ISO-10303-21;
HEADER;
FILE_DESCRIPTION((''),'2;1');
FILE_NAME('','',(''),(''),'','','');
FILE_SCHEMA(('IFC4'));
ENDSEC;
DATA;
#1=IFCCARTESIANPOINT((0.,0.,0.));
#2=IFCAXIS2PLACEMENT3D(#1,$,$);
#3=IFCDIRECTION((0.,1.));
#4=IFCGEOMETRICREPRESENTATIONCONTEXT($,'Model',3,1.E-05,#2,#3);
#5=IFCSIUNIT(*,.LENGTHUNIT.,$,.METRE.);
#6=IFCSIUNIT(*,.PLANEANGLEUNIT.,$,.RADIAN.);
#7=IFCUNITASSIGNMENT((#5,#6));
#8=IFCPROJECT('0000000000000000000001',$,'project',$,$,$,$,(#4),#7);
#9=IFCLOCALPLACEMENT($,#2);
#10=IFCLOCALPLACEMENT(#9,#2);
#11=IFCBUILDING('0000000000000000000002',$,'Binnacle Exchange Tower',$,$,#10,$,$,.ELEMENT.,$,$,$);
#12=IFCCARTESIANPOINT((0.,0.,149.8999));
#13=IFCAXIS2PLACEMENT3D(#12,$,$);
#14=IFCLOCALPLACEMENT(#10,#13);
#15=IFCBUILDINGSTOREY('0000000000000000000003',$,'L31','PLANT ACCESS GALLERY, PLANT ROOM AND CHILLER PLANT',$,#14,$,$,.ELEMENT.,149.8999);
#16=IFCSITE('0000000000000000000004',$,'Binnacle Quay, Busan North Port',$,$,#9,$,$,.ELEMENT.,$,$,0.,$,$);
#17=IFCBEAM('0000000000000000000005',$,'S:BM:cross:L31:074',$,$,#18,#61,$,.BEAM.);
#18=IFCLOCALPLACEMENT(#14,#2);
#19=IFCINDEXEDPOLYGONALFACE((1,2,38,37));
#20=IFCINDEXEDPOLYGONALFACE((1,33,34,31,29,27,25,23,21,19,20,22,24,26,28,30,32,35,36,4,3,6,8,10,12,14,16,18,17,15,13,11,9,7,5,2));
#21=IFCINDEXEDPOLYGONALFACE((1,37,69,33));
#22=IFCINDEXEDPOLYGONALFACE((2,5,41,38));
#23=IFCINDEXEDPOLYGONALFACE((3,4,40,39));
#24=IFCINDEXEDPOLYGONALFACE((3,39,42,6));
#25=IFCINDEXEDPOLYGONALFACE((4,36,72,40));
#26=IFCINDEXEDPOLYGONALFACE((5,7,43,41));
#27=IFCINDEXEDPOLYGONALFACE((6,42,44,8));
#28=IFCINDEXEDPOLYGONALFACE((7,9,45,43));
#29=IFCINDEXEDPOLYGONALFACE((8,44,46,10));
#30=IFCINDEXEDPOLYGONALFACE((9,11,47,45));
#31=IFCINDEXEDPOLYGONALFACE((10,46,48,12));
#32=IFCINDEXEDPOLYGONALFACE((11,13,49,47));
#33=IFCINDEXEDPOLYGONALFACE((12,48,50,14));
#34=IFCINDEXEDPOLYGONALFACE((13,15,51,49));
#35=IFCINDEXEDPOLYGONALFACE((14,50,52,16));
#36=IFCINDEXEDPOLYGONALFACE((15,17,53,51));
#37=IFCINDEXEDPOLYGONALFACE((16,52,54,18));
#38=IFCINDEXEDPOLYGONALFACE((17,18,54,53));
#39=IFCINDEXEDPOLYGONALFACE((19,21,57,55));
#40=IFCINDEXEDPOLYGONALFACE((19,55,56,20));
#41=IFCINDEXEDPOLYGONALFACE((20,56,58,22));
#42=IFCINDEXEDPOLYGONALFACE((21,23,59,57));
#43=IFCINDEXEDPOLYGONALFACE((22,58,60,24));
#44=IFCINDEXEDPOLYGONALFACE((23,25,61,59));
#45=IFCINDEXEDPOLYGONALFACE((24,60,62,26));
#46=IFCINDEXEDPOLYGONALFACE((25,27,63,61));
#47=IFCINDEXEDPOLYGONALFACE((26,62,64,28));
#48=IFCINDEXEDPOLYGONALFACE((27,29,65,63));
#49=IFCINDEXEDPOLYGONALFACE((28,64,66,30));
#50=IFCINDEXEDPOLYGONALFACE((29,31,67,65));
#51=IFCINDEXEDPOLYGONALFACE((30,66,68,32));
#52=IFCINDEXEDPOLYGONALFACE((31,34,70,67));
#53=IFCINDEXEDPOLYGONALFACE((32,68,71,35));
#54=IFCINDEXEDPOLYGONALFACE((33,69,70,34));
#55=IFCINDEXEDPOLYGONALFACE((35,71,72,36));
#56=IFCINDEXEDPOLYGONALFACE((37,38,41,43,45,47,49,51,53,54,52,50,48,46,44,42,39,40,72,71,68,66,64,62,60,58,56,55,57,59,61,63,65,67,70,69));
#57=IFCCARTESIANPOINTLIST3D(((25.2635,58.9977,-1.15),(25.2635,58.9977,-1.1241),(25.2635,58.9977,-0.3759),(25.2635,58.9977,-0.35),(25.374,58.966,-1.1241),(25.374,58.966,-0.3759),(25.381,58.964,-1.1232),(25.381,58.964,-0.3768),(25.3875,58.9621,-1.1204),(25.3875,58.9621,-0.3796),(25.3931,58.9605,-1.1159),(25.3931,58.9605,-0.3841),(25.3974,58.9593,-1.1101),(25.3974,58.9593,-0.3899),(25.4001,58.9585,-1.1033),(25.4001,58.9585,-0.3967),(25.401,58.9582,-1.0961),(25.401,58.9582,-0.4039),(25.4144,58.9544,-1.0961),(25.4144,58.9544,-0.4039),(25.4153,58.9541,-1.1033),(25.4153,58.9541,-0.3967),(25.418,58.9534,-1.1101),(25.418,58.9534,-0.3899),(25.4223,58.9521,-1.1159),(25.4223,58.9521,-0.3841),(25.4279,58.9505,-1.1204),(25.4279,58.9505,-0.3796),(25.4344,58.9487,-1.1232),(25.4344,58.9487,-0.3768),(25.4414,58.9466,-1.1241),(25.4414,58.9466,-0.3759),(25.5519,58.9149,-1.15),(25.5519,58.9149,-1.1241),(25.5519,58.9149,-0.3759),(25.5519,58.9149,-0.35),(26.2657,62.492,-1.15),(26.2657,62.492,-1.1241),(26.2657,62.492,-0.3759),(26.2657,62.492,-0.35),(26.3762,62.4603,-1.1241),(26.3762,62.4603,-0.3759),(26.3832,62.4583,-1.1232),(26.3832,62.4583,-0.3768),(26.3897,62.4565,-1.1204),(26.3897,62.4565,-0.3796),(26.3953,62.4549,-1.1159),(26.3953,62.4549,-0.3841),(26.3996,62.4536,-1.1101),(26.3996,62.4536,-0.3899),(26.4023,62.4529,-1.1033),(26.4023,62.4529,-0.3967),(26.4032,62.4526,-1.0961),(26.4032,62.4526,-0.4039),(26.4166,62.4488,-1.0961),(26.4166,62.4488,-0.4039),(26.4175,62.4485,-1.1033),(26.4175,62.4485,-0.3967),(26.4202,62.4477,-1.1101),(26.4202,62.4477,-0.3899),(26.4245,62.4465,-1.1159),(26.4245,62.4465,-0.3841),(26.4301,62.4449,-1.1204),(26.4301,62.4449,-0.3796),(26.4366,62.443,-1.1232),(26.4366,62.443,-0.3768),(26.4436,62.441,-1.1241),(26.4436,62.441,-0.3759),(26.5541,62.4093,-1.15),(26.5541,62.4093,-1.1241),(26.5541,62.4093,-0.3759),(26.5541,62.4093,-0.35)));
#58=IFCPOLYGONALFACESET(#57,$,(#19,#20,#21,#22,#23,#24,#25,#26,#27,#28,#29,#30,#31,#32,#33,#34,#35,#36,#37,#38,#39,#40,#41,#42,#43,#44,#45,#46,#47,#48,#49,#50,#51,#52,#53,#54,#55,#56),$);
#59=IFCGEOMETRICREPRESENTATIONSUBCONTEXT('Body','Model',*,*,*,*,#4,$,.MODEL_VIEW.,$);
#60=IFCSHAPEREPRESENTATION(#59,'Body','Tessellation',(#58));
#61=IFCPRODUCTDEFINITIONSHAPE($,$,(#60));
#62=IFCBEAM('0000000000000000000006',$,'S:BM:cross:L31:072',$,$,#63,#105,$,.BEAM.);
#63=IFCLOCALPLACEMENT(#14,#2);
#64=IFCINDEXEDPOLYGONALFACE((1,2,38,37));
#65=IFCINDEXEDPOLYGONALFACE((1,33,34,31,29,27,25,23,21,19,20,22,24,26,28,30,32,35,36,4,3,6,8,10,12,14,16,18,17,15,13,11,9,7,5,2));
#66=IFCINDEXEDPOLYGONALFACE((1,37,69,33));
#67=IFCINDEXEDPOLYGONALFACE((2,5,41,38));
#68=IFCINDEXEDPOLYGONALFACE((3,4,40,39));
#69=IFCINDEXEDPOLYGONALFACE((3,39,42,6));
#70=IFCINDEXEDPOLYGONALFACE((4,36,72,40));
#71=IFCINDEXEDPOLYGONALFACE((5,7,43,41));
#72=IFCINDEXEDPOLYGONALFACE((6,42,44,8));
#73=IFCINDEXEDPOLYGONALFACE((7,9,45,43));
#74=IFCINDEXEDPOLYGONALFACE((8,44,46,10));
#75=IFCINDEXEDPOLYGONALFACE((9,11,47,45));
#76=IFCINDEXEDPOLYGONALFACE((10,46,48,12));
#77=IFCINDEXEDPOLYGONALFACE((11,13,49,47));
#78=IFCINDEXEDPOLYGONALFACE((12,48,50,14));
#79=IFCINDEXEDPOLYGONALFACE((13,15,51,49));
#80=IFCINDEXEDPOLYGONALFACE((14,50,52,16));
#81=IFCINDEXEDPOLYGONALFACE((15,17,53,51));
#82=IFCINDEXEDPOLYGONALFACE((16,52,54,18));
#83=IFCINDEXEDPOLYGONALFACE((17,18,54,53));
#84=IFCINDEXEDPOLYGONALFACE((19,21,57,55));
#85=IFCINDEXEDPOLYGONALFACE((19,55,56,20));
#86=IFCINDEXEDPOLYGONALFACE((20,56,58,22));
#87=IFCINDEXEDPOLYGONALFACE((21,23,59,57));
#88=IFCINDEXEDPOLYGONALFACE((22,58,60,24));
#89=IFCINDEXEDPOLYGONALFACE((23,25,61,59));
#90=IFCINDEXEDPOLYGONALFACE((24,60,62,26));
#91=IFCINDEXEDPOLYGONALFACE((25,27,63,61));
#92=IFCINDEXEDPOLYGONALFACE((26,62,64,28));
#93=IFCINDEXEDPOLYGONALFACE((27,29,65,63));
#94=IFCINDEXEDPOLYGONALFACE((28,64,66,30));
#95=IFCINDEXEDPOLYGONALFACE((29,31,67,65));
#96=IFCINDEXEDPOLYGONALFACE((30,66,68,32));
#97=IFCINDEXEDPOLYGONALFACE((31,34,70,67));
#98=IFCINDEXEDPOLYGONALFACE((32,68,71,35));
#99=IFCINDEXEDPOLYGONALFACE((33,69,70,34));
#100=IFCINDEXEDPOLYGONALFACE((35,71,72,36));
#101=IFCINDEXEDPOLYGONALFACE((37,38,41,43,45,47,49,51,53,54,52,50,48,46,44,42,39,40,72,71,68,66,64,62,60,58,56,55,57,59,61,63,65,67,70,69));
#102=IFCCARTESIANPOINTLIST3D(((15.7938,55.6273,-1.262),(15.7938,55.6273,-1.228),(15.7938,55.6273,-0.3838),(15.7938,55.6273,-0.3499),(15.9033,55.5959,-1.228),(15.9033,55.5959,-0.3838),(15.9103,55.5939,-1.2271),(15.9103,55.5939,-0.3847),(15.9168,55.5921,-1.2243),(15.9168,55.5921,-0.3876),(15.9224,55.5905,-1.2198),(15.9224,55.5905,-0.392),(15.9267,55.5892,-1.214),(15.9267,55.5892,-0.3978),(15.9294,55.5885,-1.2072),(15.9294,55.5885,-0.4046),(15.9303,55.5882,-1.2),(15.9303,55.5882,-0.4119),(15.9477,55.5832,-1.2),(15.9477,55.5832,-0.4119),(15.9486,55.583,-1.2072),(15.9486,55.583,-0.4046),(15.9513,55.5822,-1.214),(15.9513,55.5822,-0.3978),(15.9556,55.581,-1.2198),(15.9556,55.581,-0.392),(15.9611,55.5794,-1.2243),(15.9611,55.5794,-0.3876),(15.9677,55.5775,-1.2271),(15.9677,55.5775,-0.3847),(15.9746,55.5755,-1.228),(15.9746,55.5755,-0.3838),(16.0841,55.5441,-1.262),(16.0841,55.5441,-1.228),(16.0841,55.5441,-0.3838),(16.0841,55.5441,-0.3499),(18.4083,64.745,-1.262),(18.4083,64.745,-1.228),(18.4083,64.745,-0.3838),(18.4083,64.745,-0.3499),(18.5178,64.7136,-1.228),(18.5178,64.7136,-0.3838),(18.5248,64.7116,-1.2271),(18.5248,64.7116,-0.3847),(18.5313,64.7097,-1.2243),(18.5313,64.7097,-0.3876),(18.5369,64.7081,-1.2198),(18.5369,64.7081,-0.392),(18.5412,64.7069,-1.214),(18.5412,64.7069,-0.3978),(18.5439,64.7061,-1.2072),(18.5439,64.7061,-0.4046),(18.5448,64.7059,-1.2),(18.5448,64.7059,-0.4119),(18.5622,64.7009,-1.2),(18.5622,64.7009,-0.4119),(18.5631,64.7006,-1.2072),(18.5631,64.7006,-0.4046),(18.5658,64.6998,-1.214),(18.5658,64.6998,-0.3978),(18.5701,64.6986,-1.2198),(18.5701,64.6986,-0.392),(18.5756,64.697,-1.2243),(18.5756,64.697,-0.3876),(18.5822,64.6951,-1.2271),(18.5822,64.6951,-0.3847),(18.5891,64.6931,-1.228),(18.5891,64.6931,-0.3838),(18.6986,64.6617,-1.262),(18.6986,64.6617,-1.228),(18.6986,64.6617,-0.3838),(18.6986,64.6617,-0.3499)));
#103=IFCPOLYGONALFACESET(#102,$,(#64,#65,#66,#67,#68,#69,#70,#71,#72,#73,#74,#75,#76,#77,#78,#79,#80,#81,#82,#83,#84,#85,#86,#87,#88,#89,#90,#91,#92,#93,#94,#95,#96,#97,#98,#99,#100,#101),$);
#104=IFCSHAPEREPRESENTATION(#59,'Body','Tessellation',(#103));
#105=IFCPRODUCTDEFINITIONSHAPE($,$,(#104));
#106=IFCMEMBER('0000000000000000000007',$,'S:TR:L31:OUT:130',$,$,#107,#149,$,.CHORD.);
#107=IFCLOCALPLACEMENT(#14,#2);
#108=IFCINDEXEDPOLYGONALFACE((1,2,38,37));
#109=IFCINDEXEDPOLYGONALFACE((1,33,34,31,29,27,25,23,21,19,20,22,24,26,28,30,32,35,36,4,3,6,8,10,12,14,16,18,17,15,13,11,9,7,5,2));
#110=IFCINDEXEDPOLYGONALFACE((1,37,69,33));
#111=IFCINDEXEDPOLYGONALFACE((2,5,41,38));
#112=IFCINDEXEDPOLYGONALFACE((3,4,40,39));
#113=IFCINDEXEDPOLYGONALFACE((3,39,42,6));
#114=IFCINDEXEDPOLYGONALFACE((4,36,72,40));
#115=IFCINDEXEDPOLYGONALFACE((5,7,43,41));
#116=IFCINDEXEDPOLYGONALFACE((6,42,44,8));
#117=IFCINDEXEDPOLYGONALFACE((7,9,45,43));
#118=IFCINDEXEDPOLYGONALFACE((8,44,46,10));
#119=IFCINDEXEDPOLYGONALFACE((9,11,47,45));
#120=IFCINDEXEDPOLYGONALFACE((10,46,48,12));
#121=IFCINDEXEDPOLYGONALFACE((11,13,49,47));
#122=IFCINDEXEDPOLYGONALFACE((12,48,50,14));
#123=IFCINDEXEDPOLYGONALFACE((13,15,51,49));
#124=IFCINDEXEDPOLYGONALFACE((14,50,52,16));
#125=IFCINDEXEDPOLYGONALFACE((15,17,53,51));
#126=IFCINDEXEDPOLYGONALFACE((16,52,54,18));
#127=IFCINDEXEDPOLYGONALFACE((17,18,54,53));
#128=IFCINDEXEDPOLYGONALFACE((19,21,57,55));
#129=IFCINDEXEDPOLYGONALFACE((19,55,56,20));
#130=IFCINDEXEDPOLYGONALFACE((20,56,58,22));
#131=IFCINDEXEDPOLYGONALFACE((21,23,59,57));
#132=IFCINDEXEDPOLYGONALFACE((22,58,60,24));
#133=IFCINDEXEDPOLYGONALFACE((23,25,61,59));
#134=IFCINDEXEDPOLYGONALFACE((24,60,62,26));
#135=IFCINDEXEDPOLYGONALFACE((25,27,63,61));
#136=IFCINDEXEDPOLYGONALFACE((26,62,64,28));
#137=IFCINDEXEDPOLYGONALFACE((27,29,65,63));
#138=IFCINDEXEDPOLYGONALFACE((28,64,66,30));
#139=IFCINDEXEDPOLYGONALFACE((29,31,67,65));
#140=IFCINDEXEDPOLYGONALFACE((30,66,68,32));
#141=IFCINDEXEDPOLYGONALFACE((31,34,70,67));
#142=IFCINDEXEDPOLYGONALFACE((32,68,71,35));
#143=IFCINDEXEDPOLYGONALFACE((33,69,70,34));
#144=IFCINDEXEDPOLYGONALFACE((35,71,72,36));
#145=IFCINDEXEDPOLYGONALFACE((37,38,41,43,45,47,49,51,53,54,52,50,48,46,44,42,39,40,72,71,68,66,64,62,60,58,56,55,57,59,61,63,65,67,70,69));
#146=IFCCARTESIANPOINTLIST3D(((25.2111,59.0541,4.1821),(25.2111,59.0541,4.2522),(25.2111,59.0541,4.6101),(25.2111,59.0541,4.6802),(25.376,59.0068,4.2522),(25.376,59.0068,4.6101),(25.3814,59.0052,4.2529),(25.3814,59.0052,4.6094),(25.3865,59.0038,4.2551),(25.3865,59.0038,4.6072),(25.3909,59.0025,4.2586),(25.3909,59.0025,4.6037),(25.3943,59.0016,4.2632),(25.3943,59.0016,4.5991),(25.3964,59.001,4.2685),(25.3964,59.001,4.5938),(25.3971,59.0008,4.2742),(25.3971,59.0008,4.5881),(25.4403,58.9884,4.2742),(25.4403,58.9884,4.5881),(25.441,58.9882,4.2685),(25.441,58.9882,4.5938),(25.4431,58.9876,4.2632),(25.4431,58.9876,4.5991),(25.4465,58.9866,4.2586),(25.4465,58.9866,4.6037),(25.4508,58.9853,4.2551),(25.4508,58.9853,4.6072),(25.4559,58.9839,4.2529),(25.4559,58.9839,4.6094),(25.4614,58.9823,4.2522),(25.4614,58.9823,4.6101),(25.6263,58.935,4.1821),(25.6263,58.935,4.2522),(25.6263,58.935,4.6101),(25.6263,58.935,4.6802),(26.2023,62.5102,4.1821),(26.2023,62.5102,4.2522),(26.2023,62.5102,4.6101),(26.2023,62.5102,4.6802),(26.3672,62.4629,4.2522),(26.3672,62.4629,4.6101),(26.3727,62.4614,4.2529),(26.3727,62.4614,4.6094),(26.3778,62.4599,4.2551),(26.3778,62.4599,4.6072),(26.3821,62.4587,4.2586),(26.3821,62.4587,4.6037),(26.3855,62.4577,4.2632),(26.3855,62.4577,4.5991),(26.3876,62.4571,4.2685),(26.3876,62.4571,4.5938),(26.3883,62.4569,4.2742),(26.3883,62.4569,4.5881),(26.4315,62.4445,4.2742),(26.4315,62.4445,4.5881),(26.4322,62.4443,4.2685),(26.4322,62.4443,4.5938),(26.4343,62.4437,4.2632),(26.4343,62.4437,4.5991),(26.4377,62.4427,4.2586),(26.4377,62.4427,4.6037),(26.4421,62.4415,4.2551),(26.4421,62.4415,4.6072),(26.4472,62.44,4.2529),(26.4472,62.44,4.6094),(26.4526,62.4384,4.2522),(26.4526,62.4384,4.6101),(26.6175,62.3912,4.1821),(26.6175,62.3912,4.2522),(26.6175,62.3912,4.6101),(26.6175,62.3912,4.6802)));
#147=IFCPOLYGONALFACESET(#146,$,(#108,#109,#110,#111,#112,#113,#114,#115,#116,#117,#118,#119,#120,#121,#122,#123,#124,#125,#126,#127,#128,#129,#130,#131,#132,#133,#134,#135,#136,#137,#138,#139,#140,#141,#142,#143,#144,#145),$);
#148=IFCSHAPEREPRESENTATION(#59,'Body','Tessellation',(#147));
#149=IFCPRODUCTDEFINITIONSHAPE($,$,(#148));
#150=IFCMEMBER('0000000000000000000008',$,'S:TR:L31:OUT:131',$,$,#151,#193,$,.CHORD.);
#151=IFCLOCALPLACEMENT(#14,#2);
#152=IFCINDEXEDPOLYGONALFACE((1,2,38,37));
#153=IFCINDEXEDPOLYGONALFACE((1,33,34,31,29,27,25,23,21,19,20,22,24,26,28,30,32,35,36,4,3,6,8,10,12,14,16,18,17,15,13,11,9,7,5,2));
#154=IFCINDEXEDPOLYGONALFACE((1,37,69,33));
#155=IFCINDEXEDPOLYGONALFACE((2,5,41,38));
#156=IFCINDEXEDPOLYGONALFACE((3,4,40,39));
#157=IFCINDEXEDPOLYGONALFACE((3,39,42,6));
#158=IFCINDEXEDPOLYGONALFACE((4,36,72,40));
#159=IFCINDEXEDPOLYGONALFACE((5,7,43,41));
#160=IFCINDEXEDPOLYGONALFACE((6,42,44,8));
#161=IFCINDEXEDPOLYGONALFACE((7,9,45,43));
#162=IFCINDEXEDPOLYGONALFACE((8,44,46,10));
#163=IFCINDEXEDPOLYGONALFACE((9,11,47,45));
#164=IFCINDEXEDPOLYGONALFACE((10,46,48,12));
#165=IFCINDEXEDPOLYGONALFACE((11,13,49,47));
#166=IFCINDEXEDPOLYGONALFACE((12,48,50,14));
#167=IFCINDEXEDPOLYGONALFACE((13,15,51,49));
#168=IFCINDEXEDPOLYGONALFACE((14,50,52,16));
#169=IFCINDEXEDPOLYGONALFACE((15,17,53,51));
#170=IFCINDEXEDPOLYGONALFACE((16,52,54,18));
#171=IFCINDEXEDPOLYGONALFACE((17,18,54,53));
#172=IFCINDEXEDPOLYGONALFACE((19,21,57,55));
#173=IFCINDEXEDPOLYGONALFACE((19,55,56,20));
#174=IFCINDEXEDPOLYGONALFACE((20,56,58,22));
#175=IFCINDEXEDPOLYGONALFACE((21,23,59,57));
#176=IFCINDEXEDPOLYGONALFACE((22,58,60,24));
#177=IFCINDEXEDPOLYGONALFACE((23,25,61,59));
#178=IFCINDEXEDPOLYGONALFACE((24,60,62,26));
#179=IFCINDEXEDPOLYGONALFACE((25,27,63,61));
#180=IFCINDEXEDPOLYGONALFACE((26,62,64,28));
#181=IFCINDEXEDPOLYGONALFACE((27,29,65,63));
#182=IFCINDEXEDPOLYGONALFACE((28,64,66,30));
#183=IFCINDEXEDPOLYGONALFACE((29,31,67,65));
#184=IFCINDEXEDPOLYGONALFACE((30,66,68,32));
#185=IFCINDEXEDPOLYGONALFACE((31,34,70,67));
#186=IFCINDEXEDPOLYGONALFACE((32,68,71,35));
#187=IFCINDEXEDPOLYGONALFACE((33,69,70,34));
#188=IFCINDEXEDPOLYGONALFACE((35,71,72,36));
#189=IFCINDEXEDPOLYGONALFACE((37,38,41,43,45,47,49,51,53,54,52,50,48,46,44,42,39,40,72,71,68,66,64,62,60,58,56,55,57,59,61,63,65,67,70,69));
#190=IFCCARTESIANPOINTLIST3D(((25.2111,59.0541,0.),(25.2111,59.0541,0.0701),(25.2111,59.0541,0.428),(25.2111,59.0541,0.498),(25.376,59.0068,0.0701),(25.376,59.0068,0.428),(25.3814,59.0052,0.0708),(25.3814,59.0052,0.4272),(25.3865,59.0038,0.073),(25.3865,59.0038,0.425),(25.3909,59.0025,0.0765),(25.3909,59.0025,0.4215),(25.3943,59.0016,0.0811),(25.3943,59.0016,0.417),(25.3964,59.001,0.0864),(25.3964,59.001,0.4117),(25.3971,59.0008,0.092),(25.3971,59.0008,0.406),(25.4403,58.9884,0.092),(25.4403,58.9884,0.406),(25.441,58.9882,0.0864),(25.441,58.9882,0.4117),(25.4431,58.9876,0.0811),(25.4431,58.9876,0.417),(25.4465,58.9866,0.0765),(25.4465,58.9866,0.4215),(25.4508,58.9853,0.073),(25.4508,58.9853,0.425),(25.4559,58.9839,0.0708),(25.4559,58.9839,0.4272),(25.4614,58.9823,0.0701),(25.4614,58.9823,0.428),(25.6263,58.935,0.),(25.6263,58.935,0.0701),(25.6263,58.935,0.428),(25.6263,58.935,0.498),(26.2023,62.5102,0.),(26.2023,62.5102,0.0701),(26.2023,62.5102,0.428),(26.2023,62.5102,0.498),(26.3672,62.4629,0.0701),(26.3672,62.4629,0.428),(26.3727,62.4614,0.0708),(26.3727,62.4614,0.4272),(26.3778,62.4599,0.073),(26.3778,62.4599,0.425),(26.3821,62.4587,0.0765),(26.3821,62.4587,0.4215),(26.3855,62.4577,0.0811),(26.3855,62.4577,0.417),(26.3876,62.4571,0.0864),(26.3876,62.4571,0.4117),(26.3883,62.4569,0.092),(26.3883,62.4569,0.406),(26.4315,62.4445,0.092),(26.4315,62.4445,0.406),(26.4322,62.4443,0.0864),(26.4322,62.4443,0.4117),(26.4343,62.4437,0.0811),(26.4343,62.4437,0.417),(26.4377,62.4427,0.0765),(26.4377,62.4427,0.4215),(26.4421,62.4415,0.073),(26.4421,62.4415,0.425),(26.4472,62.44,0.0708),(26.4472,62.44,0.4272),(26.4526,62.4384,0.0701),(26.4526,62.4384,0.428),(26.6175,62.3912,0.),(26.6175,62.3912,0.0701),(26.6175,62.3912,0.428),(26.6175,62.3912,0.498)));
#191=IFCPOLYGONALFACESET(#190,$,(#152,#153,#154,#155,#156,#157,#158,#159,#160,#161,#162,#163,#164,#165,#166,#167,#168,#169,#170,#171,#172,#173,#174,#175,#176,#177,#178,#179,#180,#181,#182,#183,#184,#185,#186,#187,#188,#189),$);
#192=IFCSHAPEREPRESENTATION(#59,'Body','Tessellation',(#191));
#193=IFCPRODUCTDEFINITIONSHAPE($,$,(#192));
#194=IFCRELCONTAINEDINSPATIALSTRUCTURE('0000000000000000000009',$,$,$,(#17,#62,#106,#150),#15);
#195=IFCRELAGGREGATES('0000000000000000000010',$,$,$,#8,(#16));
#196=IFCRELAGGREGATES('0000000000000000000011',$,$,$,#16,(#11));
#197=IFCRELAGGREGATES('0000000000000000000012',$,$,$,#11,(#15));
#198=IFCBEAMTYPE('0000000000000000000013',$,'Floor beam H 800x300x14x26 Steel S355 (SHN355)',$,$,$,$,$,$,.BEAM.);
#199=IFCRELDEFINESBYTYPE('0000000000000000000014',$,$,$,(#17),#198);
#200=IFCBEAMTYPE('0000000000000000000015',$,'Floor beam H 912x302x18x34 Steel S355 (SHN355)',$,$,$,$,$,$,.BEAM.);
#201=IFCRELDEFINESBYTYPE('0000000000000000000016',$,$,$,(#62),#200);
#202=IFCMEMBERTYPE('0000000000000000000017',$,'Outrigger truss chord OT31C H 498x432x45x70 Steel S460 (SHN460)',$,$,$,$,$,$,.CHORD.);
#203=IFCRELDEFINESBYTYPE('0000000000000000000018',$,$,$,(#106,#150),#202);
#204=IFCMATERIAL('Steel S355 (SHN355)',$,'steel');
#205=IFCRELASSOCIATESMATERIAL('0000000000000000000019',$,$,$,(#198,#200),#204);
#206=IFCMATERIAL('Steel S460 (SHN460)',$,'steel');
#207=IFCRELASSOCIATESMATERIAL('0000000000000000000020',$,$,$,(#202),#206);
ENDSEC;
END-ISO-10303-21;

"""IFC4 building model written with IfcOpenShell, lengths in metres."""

from ifc_helpers import new_model, si_unit, direction, frame, origin, origin_2d, place, context, subcontext, project, spatial, i_section, extrude, material, material_profile, profile_set, type_object, element, save


model = new_model("IFC4")

# Units and contexts
model_context = context("Model", 3, precision=1e-05, world=origin(), true_north=direction((0.0, 1.0)))
body_context = subcontext(model_context, "Body", "Model", "MODEL_VIEW")
ifc_project = project(units=[si_unit("LENGTHUNIT", "METRE"), si_unit("PLANEANGLEUNIT", "RADIAN")], contexts=[model_context])

# Site, building, storey
site_placement = place(None, origin())
site = spatial("IfcSite", under=ifc_project, at=site_placement, Name="Binnacle Quay, Busan North Port", CompositionType="ELEMENT", RefElevation=0.0)
building_placement = place(site_placement, origin())
building = spatial("IfcBuilding", under=site, at=building_placement, Name="Binnacle Exchange Tower", CompositionType="ELEMENT")
storey_placement = place(building_placement, frame((0.0, 0.0, 149.8999)))
storey = spatial("IfcBuildingStorey", under=building, at=storey_placement, Name="L31", Description="PLANT ACCESS GALLERY, PLANT ROOM AND CHILLER PLANT", CompositionType="ELEMENT", Elevation=149.8999)

# Shared definitions
ifc_material_1 = material(Name="Steel S460 (SHN460)", Category="steel")
ifc_material_2 = material(Name="Steel S355 (SHN355)", Category="steel")

# Beams
ifc_material_profile_1 = material_profile(ifc_material_2, i_section(OverallWidth=0.3, OverallDepth=0.8, WebThickness=0.0139, FlangeThickness=0.0259, FilletRadius=0.0281, at=origin_2d()), Name="H 800x300x14x26")
ifc_profile_set_1 = profile_set([ifc_material_profile_1], Name="Steel S355 (SHN355)")
beam_type_1 = type_object("IfcBeamType", Name="Floor beam H 800x300x14x26 Steel S355 (SHN355)", PredefinedType="BEAM", material=ifc_profile_set_1)
beam_1_placement = place(storey_placement, frame((26.4099, 62.4507, -0.75), z_axis=(-0.275688, -0.961247, 0.0), x_axis=(0.961247, -0.275688, 0.0)))
element("IfcBeam", 1, at=beam_1_placement, inside=storey, type_object=beam_type_1, Name="S:BM:cross:L31:074", PredefinedType="BEAM", context=body_context, shape_type="SweptSolid", body=[
    extrude(i_section(OverallWidth=0.3, OverallDepth=0.8, WebThickness=0.0139, FlangeThickness=0.0259, FilletRadius=0.0281, at=origin_2d()), origin(), (0.0, 0.0, 1.0), 3.6353),
])
ifc_material_profile_2 = material_profile(ifc_material_2, i_section(OverallWidth=0.302, OverallDepth=0.9121, WebThickness=0.0181, FlangeThickness=0.0339, FilletRadius=0.0281, at=origin_2d()), Name="H 912x302x18x34")
ifc_profile_set_2 = profile_set([ifc_material_profile_2], Name="Steel S355 (SHN355)")
beam_type_2 = type_object("IfcBeamType", Name="Floor beam H 912x302x18x34 Steel S355 (SHN355)", PredefinedType="BEAM", material=ifc_profile_set_2)
beam_2_placement = place(storey_placement, frame((18.5535, 64.7034, -0.8059), z_axis=(-0.275642, -0.96126, 0.0), x_axis=(0.96126, -0.275642, 0.0)))
element("IfcBeam", 2, at=beam_2_placement, inside=storey, type_object=beam_type_2, Name="S:BM:cross:L31:072", PredefinedType="BEAM", context=body_context, shape_type="SweptSolid", body=[
    extrude(i_section(OverallWidth=0.302, OverallDepth=0.9121, WebThickness=0.0181, FlangeThickness=0.0339, FilletRadius=0.0281, at=origin_2d()), origin(), (0.0, 0.0, 1.0), 9.4851),
])

# Members
ifc_material_profile_3 = material_profile(ifc_material_1, i_section(OverallWidth=0.4319, OverallDepth=0.498, WebThickness=0.0449, FlangeThickness=0.0701, FilletRadius=0.022, at=origin_2d()), Name="H 498x432x45x70")
ifc_profile_set_3 = profile_set([ifc_material_profile_3], Name="Steel S460 (SHN460)")
member_type_1 = type_object("IfcMemberType", Name="Outrigger truss chord OT31C H 498x432x45x70 Steel S460 (SHN460)", PredefinedType="CHORD", material=ifc_profile_set_3)
for number, where, z_axis, x_axis, name in (
    (3, (26.4099, 62.4507, 4.4312), (-0.27569, -0.961247, 0.0), (0.961247, -0.27569, 0.0), "S:TR:L31:OUT:130"),
    (4, (26.4099, 62.4507, 0.249), (-0.27569, -0.961247, 0.0), (0.961247, -0.27569, 0.0), "S:TR:L31:OUT:131"),
):
    element("IfcMember", number, at=place(storey_placement, frame(where, z_axis=z_axis, x_axis=x_axis)), inside=storey, type_object=member_type_1, Name=name, PredefinedType="CHORD", context=body_context, shape_type="SweptSolid", body=[
        extrude(i_section(OverallWidth=0.4319, OverallDepth=0.498, WebThickness=0.0449, FlangeThickness=0.0701, FilletRadius=0.022, at=origin_2d()), origin(), (0.0, 0.0, 1.0), 3.5955),
    ])

save(model, "model.ifc")
